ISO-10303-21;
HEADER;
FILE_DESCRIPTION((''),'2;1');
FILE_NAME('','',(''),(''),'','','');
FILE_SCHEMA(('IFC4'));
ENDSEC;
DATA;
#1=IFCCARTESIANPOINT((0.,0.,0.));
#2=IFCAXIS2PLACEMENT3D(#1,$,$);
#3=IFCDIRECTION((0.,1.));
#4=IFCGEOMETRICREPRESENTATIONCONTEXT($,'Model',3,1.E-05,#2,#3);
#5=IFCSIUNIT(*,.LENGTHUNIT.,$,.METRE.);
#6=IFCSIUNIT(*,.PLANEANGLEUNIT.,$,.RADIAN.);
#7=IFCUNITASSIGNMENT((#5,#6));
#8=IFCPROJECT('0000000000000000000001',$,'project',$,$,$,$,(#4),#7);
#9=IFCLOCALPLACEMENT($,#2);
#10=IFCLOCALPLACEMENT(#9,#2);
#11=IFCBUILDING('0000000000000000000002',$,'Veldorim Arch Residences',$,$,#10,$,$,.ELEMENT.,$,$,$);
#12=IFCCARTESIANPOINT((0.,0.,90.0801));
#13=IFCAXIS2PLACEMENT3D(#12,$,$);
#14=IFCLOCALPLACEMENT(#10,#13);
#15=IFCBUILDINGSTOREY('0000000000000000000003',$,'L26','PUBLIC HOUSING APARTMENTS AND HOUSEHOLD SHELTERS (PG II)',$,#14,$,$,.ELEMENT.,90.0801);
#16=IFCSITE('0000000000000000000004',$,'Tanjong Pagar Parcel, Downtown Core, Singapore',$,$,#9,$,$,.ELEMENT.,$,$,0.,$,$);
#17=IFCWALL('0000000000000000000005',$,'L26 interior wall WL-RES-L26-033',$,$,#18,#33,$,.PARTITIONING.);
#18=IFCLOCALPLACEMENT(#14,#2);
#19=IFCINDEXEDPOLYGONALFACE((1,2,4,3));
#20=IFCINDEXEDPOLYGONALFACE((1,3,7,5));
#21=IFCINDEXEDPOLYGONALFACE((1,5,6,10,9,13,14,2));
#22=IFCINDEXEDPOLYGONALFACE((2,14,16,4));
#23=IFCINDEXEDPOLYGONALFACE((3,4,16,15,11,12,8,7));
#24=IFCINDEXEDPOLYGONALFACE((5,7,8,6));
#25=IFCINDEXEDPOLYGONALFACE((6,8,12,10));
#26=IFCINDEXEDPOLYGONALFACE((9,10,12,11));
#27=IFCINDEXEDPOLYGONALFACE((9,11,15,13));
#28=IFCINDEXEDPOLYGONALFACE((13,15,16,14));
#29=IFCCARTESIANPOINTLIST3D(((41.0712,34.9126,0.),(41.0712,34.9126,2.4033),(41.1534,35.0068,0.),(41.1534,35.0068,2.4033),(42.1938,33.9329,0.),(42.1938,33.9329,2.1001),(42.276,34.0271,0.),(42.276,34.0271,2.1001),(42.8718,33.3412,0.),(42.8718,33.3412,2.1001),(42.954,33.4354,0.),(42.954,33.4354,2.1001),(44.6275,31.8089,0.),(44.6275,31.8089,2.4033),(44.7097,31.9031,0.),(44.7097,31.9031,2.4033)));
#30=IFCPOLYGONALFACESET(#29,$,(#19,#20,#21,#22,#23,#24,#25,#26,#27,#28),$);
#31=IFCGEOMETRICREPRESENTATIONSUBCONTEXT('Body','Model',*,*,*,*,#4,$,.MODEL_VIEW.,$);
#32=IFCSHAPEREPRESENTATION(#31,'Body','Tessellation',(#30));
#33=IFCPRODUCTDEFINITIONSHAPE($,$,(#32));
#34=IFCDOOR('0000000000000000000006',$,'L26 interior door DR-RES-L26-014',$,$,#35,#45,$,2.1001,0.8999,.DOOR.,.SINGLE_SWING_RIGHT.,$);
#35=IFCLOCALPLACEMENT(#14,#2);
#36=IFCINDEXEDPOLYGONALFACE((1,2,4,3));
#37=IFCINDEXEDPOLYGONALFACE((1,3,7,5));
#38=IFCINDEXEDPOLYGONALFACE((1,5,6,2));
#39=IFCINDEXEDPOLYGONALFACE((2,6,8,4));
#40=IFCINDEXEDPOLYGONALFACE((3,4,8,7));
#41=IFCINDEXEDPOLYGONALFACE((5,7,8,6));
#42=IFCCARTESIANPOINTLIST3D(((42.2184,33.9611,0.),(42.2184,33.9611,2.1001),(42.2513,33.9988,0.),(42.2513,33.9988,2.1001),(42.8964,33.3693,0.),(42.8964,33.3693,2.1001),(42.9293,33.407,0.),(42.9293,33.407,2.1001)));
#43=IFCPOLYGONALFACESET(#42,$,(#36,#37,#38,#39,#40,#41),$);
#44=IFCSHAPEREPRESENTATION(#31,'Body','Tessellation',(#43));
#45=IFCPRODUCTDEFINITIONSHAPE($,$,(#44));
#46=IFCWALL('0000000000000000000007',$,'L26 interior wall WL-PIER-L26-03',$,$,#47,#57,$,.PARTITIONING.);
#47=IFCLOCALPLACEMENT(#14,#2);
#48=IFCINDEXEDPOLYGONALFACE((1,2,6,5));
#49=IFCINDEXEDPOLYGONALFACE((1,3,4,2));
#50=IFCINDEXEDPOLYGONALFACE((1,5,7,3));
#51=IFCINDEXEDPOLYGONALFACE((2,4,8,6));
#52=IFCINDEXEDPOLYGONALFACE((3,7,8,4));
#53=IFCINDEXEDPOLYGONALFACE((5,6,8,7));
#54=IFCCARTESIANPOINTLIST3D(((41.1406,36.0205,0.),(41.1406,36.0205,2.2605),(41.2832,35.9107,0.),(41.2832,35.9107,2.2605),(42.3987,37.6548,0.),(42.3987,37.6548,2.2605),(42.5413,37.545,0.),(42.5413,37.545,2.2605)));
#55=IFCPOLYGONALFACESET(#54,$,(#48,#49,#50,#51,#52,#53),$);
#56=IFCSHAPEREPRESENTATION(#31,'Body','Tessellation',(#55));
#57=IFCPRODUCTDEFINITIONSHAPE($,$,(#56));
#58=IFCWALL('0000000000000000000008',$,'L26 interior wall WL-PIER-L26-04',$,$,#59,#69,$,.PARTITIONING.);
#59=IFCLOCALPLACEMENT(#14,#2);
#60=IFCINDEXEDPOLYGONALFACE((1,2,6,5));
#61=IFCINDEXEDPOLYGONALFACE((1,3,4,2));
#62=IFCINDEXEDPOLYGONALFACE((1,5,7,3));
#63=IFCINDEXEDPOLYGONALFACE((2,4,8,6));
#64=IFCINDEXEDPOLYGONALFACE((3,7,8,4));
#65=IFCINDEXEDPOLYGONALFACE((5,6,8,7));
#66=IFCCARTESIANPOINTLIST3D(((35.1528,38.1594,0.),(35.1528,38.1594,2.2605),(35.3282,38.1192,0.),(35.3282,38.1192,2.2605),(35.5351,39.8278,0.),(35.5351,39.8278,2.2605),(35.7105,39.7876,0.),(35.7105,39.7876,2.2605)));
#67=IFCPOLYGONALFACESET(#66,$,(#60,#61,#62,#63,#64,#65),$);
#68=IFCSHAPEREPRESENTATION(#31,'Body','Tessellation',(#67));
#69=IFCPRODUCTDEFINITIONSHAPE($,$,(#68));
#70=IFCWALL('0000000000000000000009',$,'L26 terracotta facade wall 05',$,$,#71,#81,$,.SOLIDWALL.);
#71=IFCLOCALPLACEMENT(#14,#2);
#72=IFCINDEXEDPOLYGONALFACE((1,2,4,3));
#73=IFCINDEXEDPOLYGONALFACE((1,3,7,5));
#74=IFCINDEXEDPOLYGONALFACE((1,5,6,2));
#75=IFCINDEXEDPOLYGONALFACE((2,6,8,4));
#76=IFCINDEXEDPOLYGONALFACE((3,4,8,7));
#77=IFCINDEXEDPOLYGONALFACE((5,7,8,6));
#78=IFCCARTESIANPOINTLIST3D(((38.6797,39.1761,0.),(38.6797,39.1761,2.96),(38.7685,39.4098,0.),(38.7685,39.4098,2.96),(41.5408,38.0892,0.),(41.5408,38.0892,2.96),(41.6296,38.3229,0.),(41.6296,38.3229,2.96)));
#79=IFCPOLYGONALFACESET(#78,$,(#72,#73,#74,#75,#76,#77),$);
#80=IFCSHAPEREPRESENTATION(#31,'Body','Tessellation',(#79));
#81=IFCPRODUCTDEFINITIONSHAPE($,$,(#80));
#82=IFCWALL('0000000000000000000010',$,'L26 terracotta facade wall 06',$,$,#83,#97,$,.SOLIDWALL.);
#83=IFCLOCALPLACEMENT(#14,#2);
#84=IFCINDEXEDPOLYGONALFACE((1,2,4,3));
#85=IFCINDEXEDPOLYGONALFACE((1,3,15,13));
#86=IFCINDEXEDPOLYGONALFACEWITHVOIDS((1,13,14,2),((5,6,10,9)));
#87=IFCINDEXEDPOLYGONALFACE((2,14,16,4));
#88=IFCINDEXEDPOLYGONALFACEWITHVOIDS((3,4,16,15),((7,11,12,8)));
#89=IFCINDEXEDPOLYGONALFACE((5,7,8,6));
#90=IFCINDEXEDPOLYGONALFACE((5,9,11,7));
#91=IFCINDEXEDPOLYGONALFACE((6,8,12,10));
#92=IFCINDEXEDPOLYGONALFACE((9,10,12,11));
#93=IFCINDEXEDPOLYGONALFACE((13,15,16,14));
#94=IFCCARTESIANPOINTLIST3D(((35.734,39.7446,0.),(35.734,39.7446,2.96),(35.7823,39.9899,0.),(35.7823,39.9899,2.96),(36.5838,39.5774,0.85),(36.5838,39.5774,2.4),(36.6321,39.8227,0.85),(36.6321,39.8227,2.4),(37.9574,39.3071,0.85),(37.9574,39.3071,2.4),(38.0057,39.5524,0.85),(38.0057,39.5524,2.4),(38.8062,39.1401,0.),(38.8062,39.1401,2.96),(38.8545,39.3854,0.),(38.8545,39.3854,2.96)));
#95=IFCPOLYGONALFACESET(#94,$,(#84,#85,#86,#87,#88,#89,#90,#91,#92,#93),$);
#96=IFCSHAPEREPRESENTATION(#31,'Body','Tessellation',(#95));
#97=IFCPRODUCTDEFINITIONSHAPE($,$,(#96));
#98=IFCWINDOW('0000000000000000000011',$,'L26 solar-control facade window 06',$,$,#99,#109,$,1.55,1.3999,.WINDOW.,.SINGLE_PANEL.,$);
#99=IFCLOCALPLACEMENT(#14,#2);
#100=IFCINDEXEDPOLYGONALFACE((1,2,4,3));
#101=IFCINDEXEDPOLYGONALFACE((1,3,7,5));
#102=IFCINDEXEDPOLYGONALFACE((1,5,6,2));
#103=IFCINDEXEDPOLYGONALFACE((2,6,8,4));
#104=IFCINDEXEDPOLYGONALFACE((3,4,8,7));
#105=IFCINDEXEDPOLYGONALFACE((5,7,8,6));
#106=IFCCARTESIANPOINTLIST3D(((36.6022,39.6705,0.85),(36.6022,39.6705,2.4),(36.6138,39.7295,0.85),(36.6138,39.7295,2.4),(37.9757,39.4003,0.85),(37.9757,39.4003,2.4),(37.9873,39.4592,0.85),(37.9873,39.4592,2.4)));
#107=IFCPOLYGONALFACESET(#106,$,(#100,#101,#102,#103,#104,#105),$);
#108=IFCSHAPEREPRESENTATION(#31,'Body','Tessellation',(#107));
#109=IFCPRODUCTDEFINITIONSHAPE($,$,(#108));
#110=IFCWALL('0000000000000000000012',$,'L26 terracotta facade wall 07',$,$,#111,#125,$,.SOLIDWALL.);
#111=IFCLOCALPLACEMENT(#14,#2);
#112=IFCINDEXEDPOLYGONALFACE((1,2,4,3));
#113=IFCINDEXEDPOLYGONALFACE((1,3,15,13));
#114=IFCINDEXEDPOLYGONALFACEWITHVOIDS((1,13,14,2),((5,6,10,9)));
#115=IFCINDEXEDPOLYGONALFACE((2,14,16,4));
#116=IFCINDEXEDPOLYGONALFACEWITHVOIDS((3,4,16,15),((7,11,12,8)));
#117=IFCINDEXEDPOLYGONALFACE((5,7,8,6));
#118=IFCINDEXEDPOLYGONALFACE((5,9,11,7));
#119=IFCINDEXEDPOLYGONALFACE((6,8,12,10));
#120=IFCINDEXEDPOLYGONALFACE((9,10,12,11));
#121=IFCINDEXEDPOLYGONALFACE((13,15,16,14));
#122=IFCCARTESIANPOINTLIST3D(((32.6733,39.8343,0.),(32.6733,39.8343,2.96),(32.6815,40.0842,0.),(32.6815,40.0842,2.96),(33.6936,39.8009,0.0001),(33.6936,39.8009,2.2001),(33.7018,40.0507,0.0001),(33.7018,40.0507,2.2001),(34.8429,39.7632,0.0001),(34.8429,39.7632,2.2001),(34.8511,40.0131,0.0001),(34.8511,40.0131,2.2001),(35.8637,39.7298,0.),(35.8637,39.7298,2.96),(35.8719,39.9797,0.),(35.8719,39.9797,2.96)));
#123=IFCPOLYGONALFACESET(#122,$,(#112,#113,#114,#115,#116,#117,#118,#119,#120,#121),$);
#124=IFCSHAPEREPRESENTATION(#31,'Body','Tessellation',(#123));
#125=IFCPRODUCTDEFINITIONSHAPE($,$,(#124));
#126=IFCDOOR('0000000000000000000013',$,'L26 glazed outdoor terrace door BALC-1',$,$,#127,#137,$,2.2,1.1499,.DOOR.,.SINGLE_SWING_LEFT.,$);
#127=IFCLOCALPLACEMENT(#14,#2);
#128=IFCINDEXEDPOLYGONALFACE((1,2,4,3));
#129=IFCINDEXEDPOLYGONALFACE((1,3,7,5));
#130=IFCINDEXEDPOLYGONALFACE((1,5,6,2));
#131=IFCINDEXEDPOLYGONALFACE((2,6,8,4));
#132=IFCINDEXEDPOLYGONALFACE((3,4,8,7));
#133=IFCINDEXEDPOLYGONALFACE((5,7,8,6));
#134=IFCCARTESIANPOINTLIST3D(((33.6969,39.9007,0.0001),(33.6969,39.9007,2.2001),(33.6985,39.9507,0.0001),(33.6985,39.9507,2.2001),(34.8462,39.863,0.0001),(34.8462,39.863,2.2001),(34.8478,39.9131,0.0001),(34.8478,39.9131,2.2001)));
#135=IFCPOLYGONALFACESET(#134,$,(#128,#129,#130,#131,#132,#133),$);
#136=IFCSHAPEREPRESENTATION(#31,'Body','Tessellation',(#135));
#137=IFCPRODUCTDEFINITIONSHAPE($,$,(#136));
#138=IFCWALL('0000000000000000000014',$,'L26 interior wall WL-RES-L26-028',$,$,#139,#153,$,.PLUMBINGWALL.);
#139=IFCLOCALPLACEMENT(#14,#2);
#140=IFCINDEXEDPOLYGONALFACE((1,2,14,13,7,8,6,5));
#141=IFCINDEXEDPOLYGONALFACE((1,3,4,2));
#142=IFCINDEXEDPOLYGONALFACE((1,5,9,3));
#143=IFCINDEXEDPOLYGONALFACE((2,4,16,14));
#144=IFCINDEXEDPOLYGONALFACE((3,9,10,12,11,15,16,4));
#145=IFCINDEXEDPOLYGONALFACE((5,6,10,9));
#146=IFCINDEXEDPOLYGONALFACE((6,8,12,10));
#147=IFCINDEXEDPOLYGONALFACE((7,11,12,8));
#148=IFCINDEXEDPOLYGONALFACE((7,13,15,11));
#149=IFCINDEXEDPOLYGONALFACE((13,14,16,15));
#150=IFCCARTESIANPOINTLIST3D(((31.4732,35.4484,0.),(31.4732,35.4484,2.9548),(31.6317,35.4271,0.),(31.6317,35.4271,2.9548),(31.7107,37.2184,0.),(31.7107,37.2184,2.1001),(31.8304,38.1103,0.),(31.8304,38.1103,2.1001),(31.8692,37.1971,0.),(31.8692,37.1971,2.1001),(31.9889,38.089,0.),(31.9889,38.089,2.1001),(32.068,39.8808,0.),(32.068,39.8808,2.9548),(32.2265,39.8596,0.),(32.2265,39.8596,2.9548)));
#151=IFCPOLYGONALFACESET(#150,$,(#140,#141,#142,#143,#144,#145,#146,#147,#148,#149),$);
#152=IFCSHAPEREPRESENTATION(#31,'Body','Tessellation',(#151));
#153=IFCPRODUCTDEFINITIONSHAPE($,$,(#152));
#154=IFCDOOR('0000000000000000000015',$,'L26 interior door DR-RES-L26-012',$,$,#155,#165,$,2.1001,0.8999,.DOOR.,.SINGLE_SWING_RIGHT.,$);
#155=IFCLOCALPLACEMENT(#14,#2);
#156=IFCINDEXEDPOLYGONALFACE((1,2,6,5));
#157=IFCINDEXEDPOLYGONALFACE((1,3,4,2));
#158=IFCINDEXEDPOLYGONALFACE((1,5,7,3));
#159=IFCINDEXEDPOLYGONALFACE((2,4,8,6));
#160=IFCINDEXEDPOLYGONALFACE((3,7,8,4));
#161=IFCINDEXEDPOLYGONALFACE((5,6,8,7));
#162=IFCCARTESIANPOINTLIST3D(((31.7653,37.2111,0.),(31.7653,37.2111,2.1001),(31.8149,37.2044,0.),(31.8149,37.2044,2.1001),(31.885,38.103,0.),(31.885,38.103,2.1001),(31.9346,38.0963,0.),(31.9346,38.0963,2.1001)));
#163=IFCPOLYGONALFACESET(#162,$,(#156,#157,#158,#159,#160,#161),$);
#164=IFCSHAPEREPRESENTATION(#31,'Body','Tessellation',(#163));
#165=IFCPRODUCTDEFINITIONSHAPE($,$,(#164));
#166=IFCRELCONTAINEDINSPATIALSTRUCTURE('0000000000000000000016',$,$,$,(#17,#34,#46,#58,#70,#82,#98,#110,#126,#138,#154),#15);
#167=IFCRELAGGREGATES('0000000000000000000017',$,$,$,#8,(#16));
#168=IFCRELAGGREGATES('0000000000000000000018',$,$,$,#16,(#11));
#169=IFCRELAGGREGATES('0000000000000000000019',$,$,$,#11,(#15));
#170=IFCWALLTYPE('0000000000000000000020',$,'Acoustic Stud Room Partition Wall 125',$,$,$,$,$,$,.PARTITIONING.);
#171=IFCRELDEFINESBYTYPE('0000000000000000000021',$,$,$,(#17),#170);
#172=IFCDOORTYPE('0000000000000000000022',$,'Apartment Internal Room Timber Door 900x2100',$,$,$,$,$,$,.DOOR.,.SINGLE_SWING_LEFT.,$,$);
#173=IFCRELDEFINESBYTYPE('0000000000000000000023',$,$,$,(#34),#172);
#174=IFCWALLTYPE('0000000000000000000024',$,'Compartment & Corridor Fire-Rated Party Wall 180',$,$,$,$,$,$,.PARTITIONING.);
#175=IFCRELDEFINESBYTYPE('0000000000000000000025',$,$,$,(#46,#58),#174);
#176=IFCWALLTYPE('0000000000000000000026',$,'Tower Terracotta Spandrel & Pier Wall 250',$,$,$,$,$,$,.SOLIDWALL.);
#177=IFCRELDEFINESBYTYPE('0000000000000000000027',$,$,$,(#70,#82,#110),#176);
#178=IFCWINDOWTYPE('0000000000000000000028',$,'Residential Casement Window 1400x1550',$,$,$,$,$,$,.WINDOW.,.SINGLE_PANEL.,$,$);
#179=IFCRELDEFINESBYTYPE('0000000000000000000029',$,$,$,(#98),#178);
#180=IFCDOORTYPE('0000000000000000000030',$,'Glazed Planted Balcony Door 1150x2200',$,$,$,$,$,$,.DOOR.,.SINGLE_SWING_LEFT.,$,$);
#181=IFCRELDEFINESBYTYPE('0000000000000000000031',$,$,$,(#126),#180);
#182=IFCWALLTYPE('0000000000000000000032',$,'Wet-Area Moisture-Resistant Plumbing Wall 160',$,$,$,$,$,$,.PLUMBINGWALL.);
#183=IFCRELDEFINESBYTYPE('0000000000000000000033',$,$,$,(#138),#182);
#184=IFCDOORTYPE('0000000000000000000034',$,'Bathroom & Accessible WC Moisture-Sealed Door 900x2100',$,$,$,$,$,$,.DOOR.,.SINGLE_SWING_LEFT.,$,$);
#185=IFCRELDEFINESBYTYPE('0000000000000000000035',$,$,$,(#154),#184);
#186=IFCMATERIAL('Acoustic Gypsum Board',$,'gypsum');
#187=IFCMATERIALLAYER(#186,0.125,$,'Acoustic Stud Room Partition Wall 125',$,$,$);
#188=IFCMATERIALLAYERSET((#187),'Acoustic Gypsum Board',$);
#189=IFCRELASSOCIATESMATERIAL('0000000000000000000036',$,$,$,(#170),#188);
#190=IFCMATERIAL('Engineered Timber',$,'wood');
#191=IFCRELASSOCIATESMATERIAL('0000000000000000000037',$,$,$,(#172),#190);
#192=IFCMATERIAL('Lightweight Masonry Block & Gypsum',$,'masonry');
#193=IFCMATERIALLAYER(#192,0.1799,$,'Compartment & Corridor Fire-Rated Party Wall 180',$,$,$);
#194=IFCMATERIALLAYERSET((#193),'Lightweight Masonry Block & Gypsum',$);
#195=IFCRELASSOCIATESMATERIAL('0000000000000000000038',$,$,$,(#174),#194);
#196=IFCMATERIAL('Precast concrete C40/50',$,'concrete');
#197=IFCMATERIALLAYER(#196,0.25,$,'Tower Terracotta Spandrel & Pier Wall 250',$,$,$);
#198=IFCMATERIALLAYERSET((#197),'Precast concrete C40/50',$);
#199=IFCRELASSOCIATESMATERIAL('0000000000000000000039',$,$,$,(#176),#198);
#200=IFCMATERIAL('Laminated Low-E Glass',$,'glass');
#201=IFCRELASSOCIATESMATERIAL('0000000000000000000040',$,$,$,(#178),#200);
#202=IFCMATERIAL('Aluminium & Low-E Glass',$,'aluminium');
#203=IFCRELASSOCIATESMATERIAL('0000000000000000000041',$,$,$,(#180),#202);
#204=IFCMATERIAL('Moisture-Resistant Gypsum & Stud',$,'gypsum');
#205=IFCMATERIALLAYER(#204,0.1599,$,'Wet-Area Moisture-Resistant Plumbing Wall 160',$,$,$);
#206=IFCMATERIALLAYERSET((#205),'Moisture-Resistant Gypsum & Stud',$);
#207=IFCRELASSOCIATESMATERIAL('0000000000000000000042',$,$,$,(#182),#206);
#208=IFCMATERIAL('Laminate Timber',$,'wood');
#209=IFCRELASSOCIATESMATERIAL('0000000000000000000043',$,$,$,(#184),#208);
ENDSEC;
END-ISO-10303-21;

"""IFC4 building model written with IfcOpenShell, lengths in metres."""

from ifc_helpers import new_model, si_unit, direction, frame, frame_2d, origin, place, context, subcontext, project, spatial, rectangle, extrude, material, layer, layer_set, type_object, element, fill, save


model = new_model("IFC4")

# Units and contexts
model_context = context("Model", 3, precision=1e-05, world=origin(), true_north=direction((0.0, 1.0)))
body_context = subcontext(model_context, "Body", "Model", "MODEL_VIEW")
ifc_project = project(units=[si_unit("LENGTHUNIT", "METRE"), si_unit("PLANEANGLEUNIT", "RADIAN")], contexts=[model_context])

# Site, building, storey
site_placement = place(None, origin())
site = spatial("IfcSite", under=ifc_project, at=site_placement, Name="Tanjong Pagar Parcel, Downtown Core, Singapore", CompositionType="ELEMENT", RefElevation=0.0)
building_placement = place(site_placement, origin())
building = spatial("IfcBuilding", under=site, at=building_placement, Name="Veldorim Arch Residences", CompositionType="ELEMENT")
storey_placement = place(building_placement, frame((0.0, 0.0, 90.0801)))
storey = spatial("IfcBuildingStorey", under=building, at=storey_placement, Name="L26", Description="PUBLIC HOUSING APARTMENTS AND HOUSEHOLD SHELTERS (PG II)", CompositionType="ELEMENT", Elevation=90.0801)

# Wall, opening, door
ifc_material_1 = material(Name="Acoustic Gypsum Board", Category="gypsum")
ifc_layer_1 = layer(ifc_material_1, 0.125, Name="Acoustic Stud Room Partition Wall 125")
ifc_layer_set_1 = layer_set([ifc_layer_1], Name="Acoustic Gypsum Board")
wall_type_1 = type_object("IfcWallType", Name="Acoustic Stud Room Partition Wall 125", PredefinedType="PARTITIONING", material=ifc_layer_set_1)
ifc_material_2 = material(Name="Engineered Timber", Category="wood")
door_type_1 = type_object("IfcDoorType", Name="Apartment Internal Room Timber Door 900x2100", OperationType="SINGLE_SWING_LEFT", PredefinedType="DOOR", material=ifc_material_2)
wall_1_placement = place(storey_placement, frame((41.1123, 34.9597, 0.0), z_axis=(0.0, 0.0, 1.0), x_axis=(0.753425, -0.657534, 0.0)))
wall_1 = element("IfcWall", 1, at=wall_1_placement, inside=storey, type_object=wall_type_1, Name="L26 interior wall WL-RES-L26-033", PredefinedType="PARTITIONING", context=body_context, shape_type="SweptSolid", body=[
    extrude(rectangle(XDim=4.7202, YDim=0.125, at=frame_2d((2.3601, 0.0))), origin(), (0.0, 0.0, 1.0), 2.4033),
])
opening_1_placement = place(wall_1_placement, frame((1.49, 0.0, 0.0)))
opening_1 = element("IfcOpeningElement", 2, at=opening_1_placement, cuts=wall_1, PredefinedType="OPENING", context=body_context, shape_type="SweptSolid", body=[
    extrude(rectangle(XDim=0.8999, YDim=2.1001, at=frame_2d((0.45, 1.05))), frame((0.0, 0.0725, 0.0), z_axis=(0.0, -1.0, 0.0), x_axis=(1.0, 0.0, 0.0)), (0.0, 0.0, 1.0), 0.145),
])
door_1_placement = place(opening_1_placement, origin())
door_1 = element("IfcDoor", 3, at=door_1_placement, inside=storey, type_object=door_type_1, Name="L26 interior door DR-RES-L26-014", OperationType="SINGLE_SWING_RIGHT", OverallHeight=2.1001, OverallWidth=0.8999, PredefinedType="DOOR", context=body_context, shape_type="SweptSolid", body=[
    extrude(rectangle(XDim=0.8999, YDim=2.1001, at=frame_2d((0.45, 1.05))), frame((0.0, 0.0249, 0.0), z_axis=(0.0, -1.0, 0.0), x_axis=(1.0, 0.0, 0.0)), (0.0, 0.0, 1.0), 0.05),
])
fill(opening_1, door_1)

# Walls
ifc_material_3 = material(Name="Lightweight Masonry Block & Gypsum", Category="masonry")
ifc_layer_2 = layer(ifc_material_3, 0.1799, Name="Compartment & Corridor Fire-Rated Party Wall 180")
ifc_layer_set_2 = layer_set([ifc_layer_2], Name="Lightweight Masonry Block & Gypsum")
wall_type_2 = type_object("IfcWallType", Name="Compartment & Corridor Fire-Rated Party Wall 180", PredefinedType="PARTITIONING", material=ifc_layer_set_2)
wall_2_placement = place(storey_placement, frame((41.2119, 35.9656, 0.0), z_axis=(0.0, 0.0, 1.0), x_axis=(0.609991, 0.792408, 0.0)))
element("IfcWall", 4, at=wall_2_placement, inside=storey, type_object=wall_type_2, Name="L26 interior wall WL-PIER-L26-03", PredefinedType="PARTITIONING", context=body_context, shape_type="SweptSolid", body=[
    extrude(rectangle(XDim=2.0625, YDim=0.1799, at=frame_2d((1.0312, 0.0))), origin(), (0.0, 0.0, 1.0), 2.2605),
])
wall_3_placement = place(storey_placement, frame((35.2405, 38.1392, 0.0), z_axis=(0.0, 0.0, 1.0), x_axis=(0.223359, 0.974736, 0.0)))
element("IfcWall", 5, at=wall_3_placement, inside=storey, type_object=wall_type_2, Name="L26 interior wall WL-PIER-L26-04", PredefinedType="PARTITIONING", context=body_context, shape_type="SweptSolid", body=[
    extrude(rectangle(XDim=1.7117, YDim=0.1799, at=frame_2d((0.856, 0.0))), origin(), (0.0, 0.0, 1.0), 2.2605),
])
ifc_material_4 = material(Name="Precast concrete C40/50", Category="concrete")
ifc_layer_3 = layer(ifc_material_4, 0.25, Name="Tower Terracotta Spandrel & Pier Wall 250")
ifc_layer_set_3 = layer_set([ifc_layer_3], Name="Precast concrete C40/50")
wall_type_3 = type_object("IfcWallType", Name="Tower Terracotta Spandrel & Pier Wall 250", PredefinedType="SOLIDWALL", material=ifc_layer_set_3)
wall_4_placement = place(storey_placement, frame((38.7241, 39.293, 0.0), z_axis=(0.0, 0.0, 1.0), x_axis=(0.934816, -0.355133, 0.0)))
element("IfcWall", 6, at=wall_4_placement, inside=storey, type_object=wall_type_3, Name="L26 terracotta facade wall 05", PredefinedType="SOLIDWALL", context=body_context, shape_type="SweptSolid", body=[
    extrude(rectangle(XDim=3.0605, YDim=0.25, at=frame_2d((1.5303, 0.0))), origin(), (0.0, 0.0, 1.0), 2.96),
])

# Wall, opening, window
wall_5_placement = place(storey_placement, frame((35.7583, 39.8672, 0.0), z_axis=(0.0, 0.0, 1.0), x_axis=(0.981188, -0.193056, 0.0)))
wall_5 = element("IfcWall", 7, at=wall_5_placement, inside=storey, type_object=wall_type_3, Name="L26 terracotta facade wall 06", PredefinedType="SOLIDWALL", context=body_context, shape_type="SweptSolid", body=[
    extrude(rectangle(XDim=3.1311, YDim=0.25, at=frame_2d((1.5654, 0.0))), origin(), (0.0, 0.0, 1.0), 2.96),
])
opening_2_placement = place(wall_5_placement, frame((0.866, 0.0, 0.8501)))
opening_2 = element("IfcOpeningElement", 8, at=opening_2_placement, cuts=wall_5, PredefinedType="OPENING", context=body_context, shape_type="SweptSolid", body=[
    extrude(rectangle(XDim=1.3999, YDim=1.55, at=frame_2d((0.7, 0.7749))), frame((0.0, 0.135, 0.0), z_axis=(0.0, -1.0, 0.0), x_axis=(1.0, 0.0, 0.0)), (0.0, 0.0, 1.0), 0.27),
])
ifc_material_5 = material(Name="Laminated Low-E Glass", Category="glass")
window_type = type_object("IfcWindowType", Name="Residential Casement Window 1400x1550", PartitioningType="SINGLE_PANEL", PredefinedType="WINDOW", material=ifc_material_5)
window_placement = place(opening_2_placement, origin())
window = element("IfcWindow", 9, at=window_placement, inside=storey, type_object=window_type, Name="L26 solar-control facade window 06", OverallHeight=1.55, OverallWidth=1.3999, PartitioningType="SINGLE_PANEL", PredefinedType="WINDOW", context=body_context, shape_type="SweptSolid", body=[
    extrude(rectangle(XDim=1.3999, YDim=1.55, at=frame_2d((0.7, 0.7749))), frame((0.0, 0.03, 0.0), z_axis=(0.0, -1.0, 0.0), x_axis=(1.0, 0.0, 0.0)), (0.0, 0.0, 1.0), 0.0601),
])
fill(opening_2, window)

# Walls, openings, doors
wall_6_placement = place(storey_placement, frame((32.6772, 39.9592, 0.0), z_axis=(0.0, 0.0, 1.0), x_axis=(0.999464, -0.032734, 0.0)))
wall_6 = element("IfcWall", 10, at=wall_6_placement, inside=storey, type_object=wall_type_3, Name="L26 terracotta facade wall 07", PredefinedType="SOLIDWALL", context=body_context, shape_type="SweptSolid", body=[
    extrude(rectangle(XDim=3.1921, YDim=0.25, at=frame_2d((1.5962, 0.0))), origin(), (0.0, 0.0, 1.0), 2.96),
])
opening_3_placement = place(wall_6_placement, frame((1.021, 0.0, 0.0)))
opening_3 = element("IfcOpeningElement", 11, at=opening_3_placement, cuts=wall_6, PredefinedType="OPENING", context=body_context, shape_type="SweptSolid", body=[
    extrude(rectangle(XDim=1.1499, YDim=2.2, at=frame_2d((0.575, 1.1001))), frame((0.0, 0.135, 0.0), z_axis=(0.0, -1.0, 0.0), x_axis=(1.0, 0.0, 0.0)), (0.0, 0.0, 1.0), 0.27),
])
ifc_material_6 = material(Name="Aluminium & Low-E Glass", Category="aluminium")
door_type_2 = type_object("IfcDoorType", Name="Glazed Planted Balcony Door 1150x2200", OperationType="SINGLE_SWING_LEFT", PredefinedType="DOOR", material=ifc_material_6)
door_2_placement = place(opening_3_placement, origin())
door_2 = element("IfcDoor", 12, at=door_2_placement, inside=storey, type_object=door_type_2, Name="L26 glazed outdoor terrace door BALC-1", OperationType="SINGLE_SWING_LEFT", OverallHeight=2.2, OverallWidth=1.1499, PredefinedType="DOOR", context=body_context, shape_type="SweptSolid", body=[
    extrude(rectangle(XDim=1.1499, YDim=2.2, at=frame_2d((0.575, 1.1001))), frame((0.0, 0.0249, 0.0), z_axis=(0.0, -1.0, 0.0), x_axis=(1.0, 0.0, 0.0)), (0.0, 0.0, 1.0), 0.05),
])
fill(opening_3, door_2)
ifc_material_7 = material(Name="Moisture-Resistant Gypsum & Stud", Category="gypsum")
ifc_layer_4 = layer(ifc_material_7, 0.1599, Name="Wet-Area Moisture-Resistant Plumbing Wall 160")
ifc_layer_set_4 = layer_set([ifc_layer_4], Name="Moisture-Resistant Gypsum & Stud")
wall_type_4 = type_object("IfcWallType", Name="Wet-Area Moisture-Resistant Plumbing Wall 160", PredefinedType="PLUMBINGWALL", material=ifc_layer_set_4)
wall_7_placement = place(storey_placement, frame((31.5525, 35.4377, 0.0), z_axis=(0.0, 0.0, 1.0), x_axis=(0.132986, 0.991118, 0.0)))
wall_7 = element("IfcWall", 13, at=wall_7_placement, inside=storey, type_object=wall_type_4, Name="L26 interior wall WL-RES-L26-028", PredefinedType="PLUMBINGWALL", context=body_context, shape_type="SweptSolid", body=[
    extrude(rectangle(XDim=4.4722, YDim=0.1599, at=frame_2d((2.2361, 0.0))), origin(), (0.0, 0.0, 1.0), 2.9548),
])
opening_4_placement = place(wall_7_placement, frame((1.7859, 0.0, 0.0)))
opening_4 = element("IfcOpeningElement", 14, at=opening_4_placement, cuts=wall_7, PredefinedType="OPENING", context=body_context, shape_type="SweptSolid", body=[
    extrude(rectangle(XDim=0.8999, YDim=2.1001, at=frame_2d((0.45, 1.05))), frame((0.0, 0.0898, 0.0), z_axis=(0.0, -1.0, 0.0), x_axis=(1.0, 0.0, 0.0)), (0.0, 0.0, 1.0), 0.1799),
])
ifc_material_8 = material(Name="Laminate Timber", Category="wood")
door_type_3 = type_object("IfcDoorType", Name="Bathroom & Accessible WC Moisture-Sealed Door 900x2100", OperationType="SINGLE_SWING_LEFT", PredefinedType="DOOR", material=ifc_material_8)
door_3_placement = place(opening_4_placement, origin())
door_3 = element("IfcDoor", 15, at=door_3_placement, inside=storey, type_object=door_type_3, Name="L26 interior door DR-RES-L26-012", OperationType="SINGLE_SWING_RIGHT", OverallHeight=2.1001, OverallWidth=0.8999, PredefinedType="DOOR", context=body_context, shape_type="SweptSolid", body=[
    extrude(rectangle(XDim=0.8999, YDim=2.1001, at=frame_2d((0.45, 1.05))), frame((0.0, 0.0249, 0.0), z_axis=(0.0, -1.0, 0.0), x_axis=(1.0, 0.0, 0.0)), (0.0, 0.0, 1.0), 0.05),
])
fill(opening_4, door_3)

save(model, "model.ifc")
